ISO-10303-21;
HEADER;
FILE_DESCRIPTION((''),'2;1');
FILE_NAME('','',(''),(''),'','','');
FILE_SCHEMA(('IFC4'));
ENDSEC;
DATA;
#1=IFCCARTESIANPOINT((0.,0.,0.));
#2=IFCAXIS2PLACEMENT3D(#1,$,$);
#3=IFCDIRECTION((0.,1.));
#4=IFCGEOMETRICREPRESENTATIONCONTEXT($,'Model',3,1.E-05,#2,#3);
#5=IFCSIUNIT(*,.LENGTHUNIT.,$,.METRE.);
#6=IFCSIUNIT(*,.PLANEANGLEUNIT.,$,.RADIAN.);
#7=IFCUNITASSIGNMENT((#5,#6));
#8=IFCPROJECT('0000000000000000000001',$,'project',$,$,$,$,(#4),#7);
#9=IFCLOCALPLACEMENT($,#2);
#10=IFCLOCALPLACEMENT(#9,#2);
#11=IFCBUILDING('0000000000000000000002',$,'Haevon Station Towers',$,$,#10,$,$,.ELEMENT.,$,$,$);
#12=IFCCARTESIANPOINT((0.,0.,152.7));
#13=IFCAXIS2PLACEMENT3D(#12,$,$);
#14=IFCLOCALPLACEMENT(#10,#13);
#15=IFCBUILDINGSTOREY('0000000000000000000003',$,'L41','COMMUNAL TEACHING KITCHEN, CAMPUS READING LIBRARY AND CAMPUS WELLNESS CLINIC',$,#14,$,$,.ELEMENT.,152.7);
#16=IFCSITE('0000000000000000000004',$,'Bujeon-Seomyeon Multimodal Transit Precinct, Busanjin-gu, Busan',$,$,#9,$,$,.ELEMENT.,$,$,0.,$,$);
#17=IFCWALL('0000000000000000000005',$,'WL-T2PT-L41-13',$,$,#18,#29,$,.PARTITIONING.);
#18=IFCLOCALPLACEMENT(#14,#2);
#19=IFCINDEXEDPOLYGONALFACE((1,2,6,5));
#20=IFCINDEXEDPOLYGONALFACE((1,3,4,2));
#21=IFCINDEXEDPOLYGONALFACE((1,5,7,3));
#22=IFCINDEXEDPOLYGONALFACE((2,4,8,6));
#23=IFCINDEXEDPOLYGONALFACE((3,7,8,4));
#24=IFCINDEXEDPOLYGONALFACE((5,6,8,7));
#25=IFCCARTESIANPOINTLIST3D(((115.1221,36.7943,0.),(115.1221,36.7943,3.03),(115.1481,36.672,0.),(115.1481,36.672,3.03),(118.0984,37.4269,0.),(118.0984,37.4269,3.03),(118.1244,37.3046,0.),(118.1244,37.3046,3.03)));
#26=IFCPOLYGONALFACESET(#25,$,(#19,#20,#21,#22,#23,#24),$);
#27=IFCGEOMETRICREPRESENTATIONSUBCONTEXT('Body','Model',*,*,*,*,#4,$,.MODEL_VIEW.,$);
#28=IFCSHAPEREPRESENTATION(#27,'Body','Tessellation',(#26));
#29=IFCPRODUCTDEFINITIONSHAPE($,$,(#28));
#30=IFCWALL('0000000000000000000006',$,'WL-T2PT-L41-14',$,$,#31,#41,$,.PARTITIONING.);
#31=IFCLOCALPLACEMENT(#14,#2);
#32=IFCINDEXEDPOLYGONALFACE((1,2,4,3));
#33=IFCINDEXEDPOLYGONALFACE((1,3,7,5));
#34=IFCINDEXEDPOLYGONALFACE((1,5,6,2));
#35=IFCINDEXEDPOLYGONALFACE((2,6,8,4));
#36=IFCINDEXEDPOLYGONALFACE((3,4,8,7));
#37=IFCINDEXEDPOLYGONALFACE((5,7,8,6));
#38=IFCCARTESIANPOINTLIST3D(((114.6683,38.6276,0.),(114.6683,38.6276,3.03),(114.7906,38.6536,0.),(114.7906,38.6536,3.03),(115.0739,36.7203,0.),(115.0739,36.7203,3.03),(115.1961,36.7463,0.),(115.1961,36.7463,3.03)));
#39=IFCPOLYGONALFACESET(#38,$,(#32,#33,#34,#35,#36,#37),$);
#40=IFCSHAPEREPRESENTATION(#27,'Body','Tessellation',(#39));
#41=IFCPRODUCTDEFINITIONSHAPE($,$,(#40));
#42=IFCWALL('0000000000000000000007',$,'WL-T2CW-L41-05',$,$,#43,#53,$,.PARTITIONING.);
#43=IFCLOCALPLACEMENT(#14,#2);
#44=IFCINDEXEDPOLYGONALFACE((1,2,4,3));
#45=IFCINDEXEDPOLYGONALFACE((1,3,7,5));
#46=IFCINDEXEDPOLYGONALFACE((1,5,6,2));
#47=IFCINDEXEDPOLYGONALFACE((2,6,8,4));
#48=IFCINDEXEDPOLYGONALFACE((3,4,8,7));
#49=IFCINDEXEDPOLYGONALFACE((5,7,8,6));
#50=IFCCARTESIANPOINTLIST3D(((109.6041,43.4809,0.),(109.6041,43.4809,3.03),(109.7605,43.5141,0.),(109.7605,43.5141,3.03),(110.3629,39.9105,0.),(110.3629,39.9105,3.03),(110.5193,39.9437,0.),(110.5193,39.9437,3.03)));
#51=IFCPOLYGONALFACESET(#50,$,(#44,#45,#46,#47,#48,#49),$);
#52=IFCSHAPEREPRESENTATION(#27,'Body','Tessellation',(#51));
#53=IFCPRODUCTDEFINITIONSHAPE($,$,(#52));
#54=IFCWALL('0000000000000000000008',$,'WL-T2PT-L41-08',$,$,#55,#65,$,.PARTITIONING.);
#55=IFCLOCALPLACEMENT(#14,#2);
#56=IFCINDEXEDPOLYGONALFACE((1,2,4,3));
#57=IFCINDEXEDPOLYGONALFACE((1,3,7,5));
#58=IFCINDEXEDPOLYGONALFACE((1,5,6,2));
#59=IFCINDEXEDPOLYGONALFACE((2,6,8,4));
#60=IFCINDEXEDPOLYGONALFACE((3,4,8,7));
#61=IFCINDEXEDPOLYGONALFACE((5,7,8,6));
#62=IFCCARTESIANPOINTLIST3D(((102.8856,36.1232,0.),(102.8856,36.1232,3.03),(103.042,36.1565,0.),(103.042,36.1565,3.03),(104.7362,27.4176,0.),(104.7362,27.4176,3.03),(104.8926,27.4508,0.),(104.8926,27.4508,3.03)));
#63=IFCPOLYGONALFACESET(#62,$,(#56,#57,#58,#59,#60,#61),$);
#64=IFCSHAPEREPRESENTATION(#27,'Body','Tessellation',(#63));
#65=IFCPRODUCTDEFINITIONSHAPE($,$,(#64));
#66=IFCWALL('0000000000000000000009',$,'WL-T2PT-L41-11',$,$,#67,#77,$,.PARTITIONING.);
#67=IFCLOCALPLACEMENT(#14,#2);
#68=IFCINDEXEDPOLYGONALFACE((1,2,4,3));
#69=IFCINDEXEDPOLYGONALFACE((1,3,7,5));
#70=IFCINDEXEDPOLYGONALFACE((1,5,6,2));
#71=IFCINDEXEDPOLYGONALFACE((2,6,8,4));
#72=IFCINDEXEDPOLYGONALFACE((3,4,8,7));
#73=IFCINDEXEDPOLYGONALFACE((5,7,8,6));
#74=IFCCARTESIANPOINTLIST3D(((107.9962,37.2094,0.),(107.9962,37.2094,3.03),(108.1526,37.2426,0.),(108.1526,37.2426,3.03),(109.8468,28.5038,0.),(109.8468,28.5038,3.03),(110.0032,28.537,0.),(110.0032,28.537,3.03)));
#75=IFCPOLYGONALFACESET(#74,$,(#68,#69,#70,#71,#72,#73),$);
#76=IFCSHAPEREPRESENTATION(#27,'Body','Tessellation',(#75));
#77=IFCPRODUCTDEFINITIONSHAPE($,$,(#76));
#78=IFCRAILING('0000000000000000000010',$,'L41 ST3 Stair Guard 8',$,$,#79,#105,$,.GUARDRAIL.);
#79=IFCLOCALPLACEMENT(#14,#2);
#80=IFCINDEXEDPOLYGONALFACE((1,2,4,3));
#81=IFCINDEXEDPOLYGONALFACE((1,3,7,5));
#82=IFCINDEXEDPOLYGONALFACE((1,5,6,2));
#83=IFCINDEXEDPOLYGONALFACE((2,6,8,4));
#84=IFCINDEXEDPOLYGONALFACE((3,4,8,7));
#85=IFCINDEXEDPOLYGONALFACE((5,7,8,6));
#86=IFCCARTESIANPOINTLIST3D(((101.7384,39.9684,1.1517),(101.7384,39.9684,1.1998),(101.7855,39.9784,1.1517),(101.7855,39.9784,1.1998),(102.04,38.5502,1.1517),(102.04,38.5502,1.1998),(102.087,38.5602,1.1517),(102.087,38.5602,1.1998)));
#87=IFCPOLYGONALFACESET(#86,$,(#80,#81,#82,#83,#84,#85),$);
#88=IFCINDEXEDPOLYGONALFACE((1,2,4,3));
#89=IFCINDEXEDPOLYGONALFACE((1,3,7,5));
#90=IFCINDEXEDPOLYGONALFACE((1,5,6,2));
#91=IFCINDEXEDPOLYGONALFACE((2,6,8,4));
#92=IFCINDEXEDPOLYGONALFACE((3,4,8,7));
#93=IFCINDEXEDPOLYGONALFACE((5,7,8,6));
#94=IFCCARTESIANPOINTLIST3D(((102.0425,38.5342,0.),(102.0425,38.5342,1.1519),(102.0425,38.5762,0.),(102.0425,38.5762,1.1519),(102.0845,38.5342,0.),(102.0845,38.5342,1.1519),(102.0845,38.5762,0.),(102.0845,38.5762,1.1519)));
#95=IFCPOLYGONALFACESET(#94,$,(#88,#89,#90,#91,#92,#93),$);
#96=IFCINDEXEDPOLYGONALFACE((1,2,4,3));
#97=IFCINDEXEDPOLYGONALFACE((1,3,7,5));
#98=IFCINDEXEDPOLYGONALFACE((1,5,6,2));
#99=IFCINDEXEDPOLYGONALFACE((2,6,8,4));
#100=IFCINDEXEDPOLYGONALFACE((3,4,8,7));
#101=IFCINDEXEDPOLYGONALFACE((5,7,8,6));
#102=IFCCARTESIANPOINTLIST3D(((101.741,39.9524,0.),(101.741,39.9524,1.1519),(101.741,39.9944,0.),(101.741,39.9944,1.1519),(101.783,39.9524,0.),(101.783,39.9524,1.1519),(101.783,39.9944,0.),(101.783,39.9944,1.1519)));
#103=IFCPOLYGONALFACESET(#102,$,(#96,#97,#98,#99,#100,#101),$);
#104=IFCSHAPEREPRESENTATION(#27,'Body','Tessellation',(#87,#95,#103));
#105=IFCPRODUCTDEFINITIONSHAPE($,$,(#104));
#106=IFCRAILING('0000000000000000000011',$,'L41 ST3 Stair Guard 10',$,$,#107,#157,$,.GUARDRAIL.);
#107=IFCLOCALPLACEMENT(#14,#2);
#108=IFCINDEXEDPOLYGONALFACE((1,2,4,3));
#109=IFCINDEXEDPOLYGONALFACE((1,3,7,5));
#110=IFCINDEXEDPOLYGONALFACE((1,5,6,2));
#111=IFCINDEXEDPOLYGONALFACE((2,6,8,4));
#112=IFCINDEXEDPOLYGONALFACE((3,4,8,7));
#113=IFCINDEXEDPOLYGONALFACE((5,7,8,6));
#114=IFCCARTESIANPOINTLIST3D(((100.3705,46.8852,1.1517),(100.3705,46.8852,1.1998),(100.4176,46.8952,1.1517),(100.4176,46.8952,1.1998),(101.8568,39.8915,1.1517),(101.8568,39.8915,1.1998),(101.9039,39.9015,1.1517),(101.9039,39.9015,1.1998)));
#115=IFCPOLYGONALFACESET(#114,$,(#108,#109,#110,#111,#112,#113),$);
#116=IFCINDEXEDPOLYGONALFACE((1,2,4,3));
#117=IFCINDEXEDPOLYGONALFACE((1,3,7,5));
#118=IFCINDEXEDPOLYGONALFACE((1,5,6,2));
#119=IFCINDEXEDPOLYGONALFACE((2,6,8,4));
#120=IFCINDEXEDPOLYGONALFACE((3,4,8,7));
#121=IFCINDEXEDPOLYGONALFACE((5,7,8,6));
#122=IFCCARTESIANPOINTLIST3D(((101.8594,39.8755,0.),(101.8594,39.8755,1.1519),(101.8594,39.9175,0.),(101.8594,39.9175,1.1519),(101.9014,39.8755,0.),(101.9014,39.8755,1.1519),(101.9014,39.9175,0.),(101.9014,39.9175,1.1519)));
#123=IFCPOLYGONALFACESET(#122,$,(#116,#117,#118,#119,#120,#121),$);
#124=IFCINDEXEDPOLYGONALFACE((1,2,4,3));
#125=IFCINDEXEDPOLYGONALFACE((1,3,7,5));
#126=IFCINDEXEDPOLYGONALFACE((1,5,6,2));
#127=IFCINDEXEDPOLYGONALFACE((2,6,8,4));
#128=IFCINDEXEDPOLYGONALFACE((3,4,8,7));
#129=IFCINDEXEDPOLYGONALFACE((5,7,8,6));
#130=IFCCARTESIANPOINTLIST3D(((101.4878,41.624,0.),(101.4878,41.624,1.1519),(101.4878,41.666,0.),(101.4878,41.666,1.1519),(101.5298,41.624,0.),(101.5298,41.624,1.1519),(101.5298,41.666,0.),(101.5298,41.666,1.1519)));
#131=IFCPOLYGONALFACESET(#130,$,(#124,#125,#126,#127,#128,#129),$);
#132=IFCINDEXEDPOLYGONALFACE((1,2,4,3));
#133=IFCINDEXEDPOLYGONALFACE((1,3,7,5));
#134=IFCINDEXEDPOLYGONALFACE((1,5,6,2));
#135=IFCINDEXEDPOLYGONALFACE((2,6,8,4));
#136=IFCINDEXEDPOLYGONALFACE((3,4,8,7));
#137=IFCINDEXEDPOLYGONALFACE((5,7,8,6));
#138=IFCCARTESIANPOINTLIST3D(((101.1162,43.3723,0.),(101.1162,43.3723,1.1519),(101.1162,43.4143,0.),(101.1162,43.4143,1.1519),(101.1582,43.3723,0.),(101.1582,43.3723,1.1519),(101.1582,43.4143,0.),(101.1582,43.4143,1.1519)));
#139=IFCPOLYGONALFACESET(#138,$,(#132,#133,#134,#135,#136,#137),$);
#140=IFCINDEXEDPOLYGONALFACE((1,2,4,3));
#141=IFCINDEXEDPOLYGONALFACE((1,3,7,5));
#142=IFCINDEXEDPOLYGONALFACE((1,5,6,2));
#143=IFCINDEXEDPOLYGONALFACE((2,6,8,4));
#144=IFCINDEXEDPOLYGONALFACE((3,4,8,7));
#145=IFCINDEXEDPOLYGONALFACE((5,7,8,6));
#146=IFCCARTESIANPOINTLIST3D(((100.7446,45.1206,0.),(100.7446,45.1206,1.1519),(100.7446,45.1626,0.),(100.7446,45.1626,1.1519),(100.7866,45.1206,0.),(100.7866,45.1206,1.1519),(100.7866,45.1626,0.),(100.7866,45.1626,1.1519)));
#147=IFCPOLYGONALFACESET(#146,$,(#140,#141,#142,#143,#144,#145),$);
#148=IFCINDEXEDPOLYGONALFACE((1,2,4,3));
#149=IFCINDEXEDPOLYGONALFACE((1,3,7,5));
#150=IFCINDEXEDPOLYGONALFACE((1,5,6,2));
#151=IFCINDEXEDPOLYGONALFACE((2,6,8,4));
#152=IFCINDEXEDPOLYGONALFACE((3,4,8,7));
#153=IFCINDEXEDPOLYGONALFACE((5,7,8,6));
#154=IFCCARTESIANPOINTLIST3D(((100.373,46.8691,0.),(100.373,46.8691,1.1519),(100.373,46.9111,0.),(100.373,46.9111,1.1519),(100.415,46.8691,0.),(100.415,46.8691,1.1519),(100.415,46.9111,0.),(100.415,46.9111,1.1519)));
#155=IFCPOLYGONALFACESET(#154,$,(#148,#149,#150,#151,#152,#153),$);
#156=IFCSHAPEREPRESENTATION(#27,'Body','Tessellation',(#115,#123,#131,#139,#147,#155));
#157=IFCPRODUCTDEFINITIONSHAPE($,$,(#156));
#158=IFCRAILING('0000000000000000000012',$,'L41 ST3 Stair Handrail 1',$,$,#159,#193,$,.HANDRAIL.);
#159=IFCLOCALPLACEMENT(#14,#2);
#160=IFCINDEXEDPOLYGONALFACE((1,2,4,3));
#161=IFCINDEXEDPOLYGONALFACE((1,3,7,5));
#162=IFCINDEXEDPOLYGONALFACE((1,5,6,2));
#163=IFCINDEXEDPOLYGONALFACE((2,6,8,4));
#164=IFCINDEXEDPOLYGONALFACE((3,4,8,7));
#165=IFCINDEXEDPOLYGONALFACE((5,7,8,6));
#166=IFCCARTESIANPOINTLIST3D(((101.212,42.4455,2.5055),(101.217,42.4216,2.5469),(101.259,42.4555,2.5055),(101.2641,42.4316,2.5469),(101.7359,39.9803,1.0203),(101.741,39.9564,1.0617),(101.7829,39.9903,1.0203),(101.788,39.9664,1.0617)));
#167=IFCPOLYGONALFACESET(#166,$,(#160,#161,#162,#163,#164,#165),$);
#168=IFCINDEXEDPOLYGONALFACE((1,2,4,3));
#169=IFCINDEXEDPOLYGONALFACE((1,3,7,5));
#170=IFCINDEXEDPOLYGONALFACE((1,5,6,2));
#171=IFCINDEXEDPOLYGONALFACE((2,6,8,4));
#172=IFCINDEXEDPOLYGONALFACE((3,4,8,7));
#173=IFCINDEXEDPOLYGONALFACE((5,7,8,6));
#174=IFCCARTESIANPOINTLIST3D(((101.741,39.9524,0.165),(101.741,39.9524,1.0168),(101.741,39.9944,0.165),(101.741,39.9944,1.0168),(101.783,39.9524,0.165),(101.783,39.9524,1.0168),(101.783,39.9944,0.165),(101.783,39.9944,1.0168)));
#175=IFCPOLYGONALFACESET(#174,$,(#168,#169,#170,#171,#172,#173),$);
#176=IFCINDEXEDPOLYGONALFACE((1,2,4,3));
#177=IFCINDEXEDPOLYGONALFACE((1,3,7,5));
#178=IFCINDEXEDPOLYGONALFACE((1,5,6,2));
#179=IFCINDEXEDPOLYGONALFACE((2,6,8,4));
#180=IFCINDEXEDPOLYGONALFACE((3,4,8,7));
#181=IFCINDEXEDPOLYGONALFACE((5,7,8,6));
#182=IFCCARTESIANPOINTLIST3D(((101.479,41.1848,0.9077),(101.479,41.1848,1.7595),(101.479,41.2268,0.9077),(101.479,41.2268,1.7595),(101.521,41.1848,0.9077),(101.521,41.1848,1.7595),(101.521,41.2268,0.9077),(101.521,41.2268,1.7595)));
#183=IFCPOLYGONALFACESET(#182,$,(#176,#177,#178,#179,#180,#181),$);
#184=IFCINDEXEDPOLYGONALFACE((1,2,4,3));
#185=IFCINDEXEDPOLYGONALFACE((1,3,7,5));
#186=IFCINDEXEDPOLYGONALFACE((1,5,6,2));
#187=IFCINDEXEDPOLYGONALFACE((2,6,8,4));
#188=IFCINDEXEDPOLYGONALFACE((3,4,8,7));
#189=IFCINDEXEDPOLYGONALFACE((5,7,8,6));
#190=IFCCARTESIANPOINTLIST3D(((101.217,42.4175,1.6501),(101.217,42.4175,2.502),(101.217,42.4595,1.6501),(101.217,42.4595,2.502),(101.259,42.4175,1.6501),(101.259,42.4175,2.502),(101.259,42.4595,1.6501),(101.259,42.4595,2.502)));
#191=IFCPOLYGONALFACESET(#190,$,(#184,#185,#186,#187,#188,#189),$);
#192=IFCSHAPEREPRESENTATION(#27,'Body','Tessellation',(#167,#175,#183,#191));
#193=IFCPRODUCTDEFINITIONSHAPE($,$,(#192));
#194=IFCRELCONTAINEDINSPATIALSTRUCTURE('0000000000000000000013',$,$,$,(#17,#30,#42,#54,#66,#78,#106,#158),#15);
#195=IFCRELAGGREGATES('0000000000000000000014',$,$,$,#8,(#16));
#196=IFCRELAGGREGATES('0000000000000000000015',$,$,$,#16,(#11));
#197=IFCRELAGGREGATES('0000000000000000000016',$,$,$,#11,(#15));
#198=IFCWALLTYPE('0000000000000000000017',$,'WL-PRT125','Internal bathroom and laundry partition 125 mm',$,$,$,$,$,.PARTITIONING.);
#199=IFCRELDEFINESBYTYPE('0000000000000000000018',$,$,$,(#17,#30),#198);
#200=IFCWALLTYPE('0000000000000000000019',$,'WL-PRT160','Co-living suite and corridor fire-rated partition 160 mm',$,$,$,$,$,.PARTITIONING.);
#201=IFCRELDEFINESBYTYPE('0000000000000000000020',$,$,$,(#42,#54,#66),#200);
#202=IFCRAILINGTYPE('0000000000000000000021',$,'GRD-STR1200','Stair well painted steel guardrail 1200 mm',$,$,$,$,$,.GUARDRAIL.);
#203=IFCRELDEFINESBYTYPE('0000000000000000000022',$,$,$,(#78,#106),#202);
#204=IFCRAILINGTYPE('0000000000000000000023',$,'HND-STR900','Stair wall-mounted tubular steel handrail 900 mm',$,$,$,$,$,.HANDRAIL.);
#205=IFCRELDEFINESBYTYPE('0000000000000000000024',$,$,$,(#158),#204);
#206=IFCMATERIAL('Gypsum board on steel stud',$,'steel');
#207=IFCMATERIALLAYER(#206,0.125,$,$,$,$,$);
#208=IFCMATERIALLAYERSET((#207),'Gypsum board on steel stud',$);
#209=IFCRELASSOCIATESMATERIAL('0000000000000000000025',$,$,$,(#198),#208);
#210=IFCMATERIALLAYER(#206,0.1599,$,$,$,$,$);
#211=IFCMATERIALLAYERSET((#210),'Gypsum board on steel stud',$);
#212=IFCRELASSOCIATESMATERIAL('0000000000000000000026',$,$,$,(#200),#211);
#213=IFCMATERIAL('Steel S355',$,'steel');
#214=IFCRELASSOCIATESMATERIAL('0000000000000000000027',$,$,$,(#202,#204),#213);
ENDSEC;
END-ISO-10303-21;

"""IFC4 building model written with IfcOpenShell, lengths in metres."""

from ifc_helpers import new_model, si_unit, direction, frame, frame_2d, origin, origin_2d, place, context, subcontext, project, spatial, rectangle, extrude, material, layer, layer_set, type_object, element, save


model = new_model("IFC4")

# Units and contexts
model_context = context("Model", 3, precision=1e-05, world=origin(), true_north=direction((0.0, 1.0)))
body_context = subcontext(model_context, "Body", "Model", "MODEL_VIEW")
ifc_project = project(units=[si_unit("LENGTHUNIT", "METRE"), si_unit("PLANEANGLEUNIT", "RADIAN")], contexts=[model_context])

# Site, building, storey
site_placement = place(None, origin())
site = spatial("IfcSite", under=ifc_project, at=site_placement, Name="Bujeon-Seomyeon Multimodal Transit Precinct, Busanjin-gu, Busan", CompositionType="ELEMENT", RefElevation=0.0)
building_placement = place(site_placement, origin())
building = spatial("IfcBuilding", under=site, at=building_placement, Name="Haevon Station Towers", CompositionType="ELEMENT")
storey_placement = place(building_placement, frame((0.0, 0.0, 152.7)))
storey = spatial("IfcBuildingStorey", under=building, at=storey_placement, Name="L41", Description="COMMUNAL TEACHING KITCHEN, CAMPUS READING LIBRARY AND CAMPUS WELLNESS CLINIC", CompositionType="ELEMENT", Elevation=152.7)

# Shared definitions
ifc_material_1 = material(Name="Steel S355", Category="steel")

# Shared definitions
ifc_material_2 = material(Name="Gypsum board on steel stud", Category="steel")

# Walls
ifc_layer_1 = layer(ifc_material_2, 0.125)
ifc_layer_set_1 = layer_set([ifc_layer_1], Name="Gypsum board on steel stud")
wall_type_1 = type_object("IfcWallType", Name="WL-PRT125", Description="Internal bathroom and laundry partition 125 mm", PredefinedType="PARTITIONING", material=ifc_layer_set_1)
wall_1_placement = place(storey_placement, frame((115.135, 36.7332, 0.0), z_axis=(0.0, 0.0, 1.0), x_axis=(0.978152, 0.20789, 0.0)))
element("IfcWall", 1, at=wall_1_placement, inside=storey, type_object=wall_type_1, Name="WL-T2PT-L41-13", PredefinedType="PARTITIONING", context=body_context, shape_type="SweptSolid", body=[
    extrude(rectangle(XDim=3.0427, YDim=0.125, at=frame_2d((1.5215, 0.0))), origin(), (0.0, 0.0, 1.0), 3.03),
])
wall_2_placement = place(storey_placement, frame((115.135, 36.7332, 0.0), z_axis=(0.0, 0.0, 1.0), x_axis=(-0.207973, 0.978135, 0.0)))
element("IfcWall", 2, at=wall_2_placement, inside=storey, type_object=wall_type_1, Name="WL-T2PT-L41-14", PredefinedType="PARTITIONING", context=body_context, shape_type="SweptSolid", body=[
    extrude(rectangle(XDim=1.95, YDim=0.125, at=frame_2d((0.9751, 0.0))), origin(), (0.0, 0.0, 1.0), 3.03),
])
ifc_layer_2 = layer(ifc_material_2, 0.1599)
ifc_layer_set_2 = layer_set([ifc_layer_2], Name="Gypsum board on steel stud")
wall_type_2 = type_object("IfcWallType", Name="WL-PRT160", Description="Co-living suite and corridor fire-rated partition 160 mm", PredefinedType="PARTITIONING", material=ifc_layer_set_2)
wall_3_placement = place(storey_placement, frame((110.4412, 39.927, 0.0), z_axis=(0.0, 0.0, 1.0), x_axis=(-0.207884, 0.978153, 0.0)))
element("IfcWall", 3, at=wall_3_placement, inside=storey, type_object=wall_type_2, Name="WL-T2CW-L41-05", PredefinedType="PARTITIONING", context=body_context, shape_type="SweptSolid", body=[
    extrude(rectangle(XDim=3.6501, YDim=0.1599, at=frame_2d((1.8252, 0.0))), origin(), (0.0, 0.0, 1.0), 3.03),
])
for number, where, z_axis, x_axis, name in (
    (4, (104.8145, 27.4341, 0.0), (0.0, 0.0, 1.0), (-0.207929, 0.978144, 0.0), "WL-T2PT-L41-08"),
    (5, (109.925, 28.5203, 0.0), (0.0, 0.0, 1.0), (-0.207929, 0.978144, 0.0), "WL-T2PT-L41-11"),
):
    element("IfcWall", number, at=place(storey_placement, frame(where, z_axis=z_axis, x_axis=x_axis)), inside=storey, type_object=wall_type_2, Name=name, PredefinedType="PARTITIONING", context=body_context, shape_type="SweptSolid", body=[
        extrude(rectangle(XDim=8.9001, YDim=0.1599, at=frame_2d((4.4502, 0.0))), origin(), (0.0, 0.0, 1.0), 3.03),
    ])

# Railings
railing_type_1 = type_object("IfcRailingType", Name="GRD-STR1200", Description="Stair well painted steel guardrail 1200 mm", PredefinedType="GUARDRAIL", material=ifc_material_1)
railing_1_placement = place(storey_placement, frame((102.0635, 38.5552, 0.0)))
element("IfcRailing", 6, at=railing_1_placement, inside=storey, type_object=railing_type_1, Name="L41 ST3 Stair Guard 8", PredefinedType="GUARDRAIL", context=body_context, shape_type="SweptSolid", body=[
    extrude(rectangle(XDim=0.0481, YDim=0.0481, at=origin_2d()), frame((0.0, 0.0, 1.1758), z_axis=(-0.207953, 0.978139, 0.0), x_axis=(-0.978139, -0.207953, 0.0)), (0.0, 0.0, 1.0), 1.45),
    extrude(rectangle(XDim=0.042, YDim=0.042, at=origin_2d()), origin(), (0.0, 0.0, 1.0), 1.1519),
    extrude(rectangle(XDim=0.042, YDim=0.042, at=origin_2d()), frame((-0.3015, 1.4182, 0.0)), (0.0, 0.0, 1.0), 1.1519),
])
railing_2_placement = place(storey_placement, frame((101.8804, 39.8965, 0.0)))
element("IfcRailing", 7, at=railing_2_placement, inside=storey, type_object=railing_type_1, Name="L41 ST3 Stair Guard 10", PredefinedType="GUARDRAIL", context=body_context, shape_type="SweptSolid", body=[
    extrude(rectangle(XDim=0.0481, YDim=0.0481, at=origin_2d()), frame((0.0, 0.0, 1.1758), z_axis=(-0.207882, 0.978154, 0.0), x_axis=(-0.978154, -0.207882, 0.0)), (0.0, 0.0, 1.0), 7.1499),
    extrude(rectangle(XDim=0.042, YDim=0.042, at=origin_2d()), origin(), (0.0, 0.0, 1.0), 1.1519),
    extrude(rectangle(XDim=0.042, YDim=0.042, at=origin_2d()), frame((-0.3716, 1.7485, 0.0)), (0.0, 0.0, 1.0), 1.1519),
    extrude(rectangle(XDim=0.042, YDim=0.042, at=origin_2d()), frame((-0.7432, 3.4968, 0.0)), (0.0, 0.0, 1.0), 1.1519),
    extrude(rectangle(XDim=0.042, YDim=0.042, at=origin_2d()), frame((-1.1147, 5.2451, 0.0)), (0.0, 0.0, 1.0), 1.1519),
    extrude(rectangle(XDim=0.042, YDim=0.042, at=origin_2d()), frame((-1.4863, 6.9937, 0.0)), (0.0, 0.0, 1.0), 1.1519),
])
railing_type_2 = type_object("IfcRailingType", Name="HND-STR900", Description="Stair wall-mounted tubular steel handrail 900 mm", PredefinedType="HANDRAIL", material=ifc_material_1)
railing_3_placement = place(storey_placement, frame((101.762, 39.9734, 0.165)))
element("IfcRailing", 8, at=railing_3_placement, inside=storey, type_object=railing_type_2, Name="L41 ST3 Stair Handrail 1", PredefinedType="HANDRAIL", context=body_context, shape_type="SweptSolid", body=[
    extrude(rectangle(XDim=0.0481, YDim=0.0481, at=origin_2d()), frame((0.0, 0.0, 0.876), z_axis=(-0.179109, 0.842712, 0.507697), x_axis=(-0.978151, -0.207895, 0.0)), (0.0, 0.0, 1.0), 2.9253),
    extrude(rectangle(XDim=0.042, YDim=0.042, at=origin_2d()), origin(), (0.0, 0.0, 1.0), 0.8518),
    extrude(rectangle(XDim=0.042, YDim=0.042, at=origin_2d()), frame((-0.262, 1.2324, 0.7427)), (0.0, 0.0, 1.0), 0.8518),
    extrude(rectangle(XDim=0.042, YDim=0.042, at=origin_2d()), frame((-0.5239, 2.4651, 1.4851)), (0.0, 0.0, 1.0), 0.8518),
])

save(model, "model.ifc")
